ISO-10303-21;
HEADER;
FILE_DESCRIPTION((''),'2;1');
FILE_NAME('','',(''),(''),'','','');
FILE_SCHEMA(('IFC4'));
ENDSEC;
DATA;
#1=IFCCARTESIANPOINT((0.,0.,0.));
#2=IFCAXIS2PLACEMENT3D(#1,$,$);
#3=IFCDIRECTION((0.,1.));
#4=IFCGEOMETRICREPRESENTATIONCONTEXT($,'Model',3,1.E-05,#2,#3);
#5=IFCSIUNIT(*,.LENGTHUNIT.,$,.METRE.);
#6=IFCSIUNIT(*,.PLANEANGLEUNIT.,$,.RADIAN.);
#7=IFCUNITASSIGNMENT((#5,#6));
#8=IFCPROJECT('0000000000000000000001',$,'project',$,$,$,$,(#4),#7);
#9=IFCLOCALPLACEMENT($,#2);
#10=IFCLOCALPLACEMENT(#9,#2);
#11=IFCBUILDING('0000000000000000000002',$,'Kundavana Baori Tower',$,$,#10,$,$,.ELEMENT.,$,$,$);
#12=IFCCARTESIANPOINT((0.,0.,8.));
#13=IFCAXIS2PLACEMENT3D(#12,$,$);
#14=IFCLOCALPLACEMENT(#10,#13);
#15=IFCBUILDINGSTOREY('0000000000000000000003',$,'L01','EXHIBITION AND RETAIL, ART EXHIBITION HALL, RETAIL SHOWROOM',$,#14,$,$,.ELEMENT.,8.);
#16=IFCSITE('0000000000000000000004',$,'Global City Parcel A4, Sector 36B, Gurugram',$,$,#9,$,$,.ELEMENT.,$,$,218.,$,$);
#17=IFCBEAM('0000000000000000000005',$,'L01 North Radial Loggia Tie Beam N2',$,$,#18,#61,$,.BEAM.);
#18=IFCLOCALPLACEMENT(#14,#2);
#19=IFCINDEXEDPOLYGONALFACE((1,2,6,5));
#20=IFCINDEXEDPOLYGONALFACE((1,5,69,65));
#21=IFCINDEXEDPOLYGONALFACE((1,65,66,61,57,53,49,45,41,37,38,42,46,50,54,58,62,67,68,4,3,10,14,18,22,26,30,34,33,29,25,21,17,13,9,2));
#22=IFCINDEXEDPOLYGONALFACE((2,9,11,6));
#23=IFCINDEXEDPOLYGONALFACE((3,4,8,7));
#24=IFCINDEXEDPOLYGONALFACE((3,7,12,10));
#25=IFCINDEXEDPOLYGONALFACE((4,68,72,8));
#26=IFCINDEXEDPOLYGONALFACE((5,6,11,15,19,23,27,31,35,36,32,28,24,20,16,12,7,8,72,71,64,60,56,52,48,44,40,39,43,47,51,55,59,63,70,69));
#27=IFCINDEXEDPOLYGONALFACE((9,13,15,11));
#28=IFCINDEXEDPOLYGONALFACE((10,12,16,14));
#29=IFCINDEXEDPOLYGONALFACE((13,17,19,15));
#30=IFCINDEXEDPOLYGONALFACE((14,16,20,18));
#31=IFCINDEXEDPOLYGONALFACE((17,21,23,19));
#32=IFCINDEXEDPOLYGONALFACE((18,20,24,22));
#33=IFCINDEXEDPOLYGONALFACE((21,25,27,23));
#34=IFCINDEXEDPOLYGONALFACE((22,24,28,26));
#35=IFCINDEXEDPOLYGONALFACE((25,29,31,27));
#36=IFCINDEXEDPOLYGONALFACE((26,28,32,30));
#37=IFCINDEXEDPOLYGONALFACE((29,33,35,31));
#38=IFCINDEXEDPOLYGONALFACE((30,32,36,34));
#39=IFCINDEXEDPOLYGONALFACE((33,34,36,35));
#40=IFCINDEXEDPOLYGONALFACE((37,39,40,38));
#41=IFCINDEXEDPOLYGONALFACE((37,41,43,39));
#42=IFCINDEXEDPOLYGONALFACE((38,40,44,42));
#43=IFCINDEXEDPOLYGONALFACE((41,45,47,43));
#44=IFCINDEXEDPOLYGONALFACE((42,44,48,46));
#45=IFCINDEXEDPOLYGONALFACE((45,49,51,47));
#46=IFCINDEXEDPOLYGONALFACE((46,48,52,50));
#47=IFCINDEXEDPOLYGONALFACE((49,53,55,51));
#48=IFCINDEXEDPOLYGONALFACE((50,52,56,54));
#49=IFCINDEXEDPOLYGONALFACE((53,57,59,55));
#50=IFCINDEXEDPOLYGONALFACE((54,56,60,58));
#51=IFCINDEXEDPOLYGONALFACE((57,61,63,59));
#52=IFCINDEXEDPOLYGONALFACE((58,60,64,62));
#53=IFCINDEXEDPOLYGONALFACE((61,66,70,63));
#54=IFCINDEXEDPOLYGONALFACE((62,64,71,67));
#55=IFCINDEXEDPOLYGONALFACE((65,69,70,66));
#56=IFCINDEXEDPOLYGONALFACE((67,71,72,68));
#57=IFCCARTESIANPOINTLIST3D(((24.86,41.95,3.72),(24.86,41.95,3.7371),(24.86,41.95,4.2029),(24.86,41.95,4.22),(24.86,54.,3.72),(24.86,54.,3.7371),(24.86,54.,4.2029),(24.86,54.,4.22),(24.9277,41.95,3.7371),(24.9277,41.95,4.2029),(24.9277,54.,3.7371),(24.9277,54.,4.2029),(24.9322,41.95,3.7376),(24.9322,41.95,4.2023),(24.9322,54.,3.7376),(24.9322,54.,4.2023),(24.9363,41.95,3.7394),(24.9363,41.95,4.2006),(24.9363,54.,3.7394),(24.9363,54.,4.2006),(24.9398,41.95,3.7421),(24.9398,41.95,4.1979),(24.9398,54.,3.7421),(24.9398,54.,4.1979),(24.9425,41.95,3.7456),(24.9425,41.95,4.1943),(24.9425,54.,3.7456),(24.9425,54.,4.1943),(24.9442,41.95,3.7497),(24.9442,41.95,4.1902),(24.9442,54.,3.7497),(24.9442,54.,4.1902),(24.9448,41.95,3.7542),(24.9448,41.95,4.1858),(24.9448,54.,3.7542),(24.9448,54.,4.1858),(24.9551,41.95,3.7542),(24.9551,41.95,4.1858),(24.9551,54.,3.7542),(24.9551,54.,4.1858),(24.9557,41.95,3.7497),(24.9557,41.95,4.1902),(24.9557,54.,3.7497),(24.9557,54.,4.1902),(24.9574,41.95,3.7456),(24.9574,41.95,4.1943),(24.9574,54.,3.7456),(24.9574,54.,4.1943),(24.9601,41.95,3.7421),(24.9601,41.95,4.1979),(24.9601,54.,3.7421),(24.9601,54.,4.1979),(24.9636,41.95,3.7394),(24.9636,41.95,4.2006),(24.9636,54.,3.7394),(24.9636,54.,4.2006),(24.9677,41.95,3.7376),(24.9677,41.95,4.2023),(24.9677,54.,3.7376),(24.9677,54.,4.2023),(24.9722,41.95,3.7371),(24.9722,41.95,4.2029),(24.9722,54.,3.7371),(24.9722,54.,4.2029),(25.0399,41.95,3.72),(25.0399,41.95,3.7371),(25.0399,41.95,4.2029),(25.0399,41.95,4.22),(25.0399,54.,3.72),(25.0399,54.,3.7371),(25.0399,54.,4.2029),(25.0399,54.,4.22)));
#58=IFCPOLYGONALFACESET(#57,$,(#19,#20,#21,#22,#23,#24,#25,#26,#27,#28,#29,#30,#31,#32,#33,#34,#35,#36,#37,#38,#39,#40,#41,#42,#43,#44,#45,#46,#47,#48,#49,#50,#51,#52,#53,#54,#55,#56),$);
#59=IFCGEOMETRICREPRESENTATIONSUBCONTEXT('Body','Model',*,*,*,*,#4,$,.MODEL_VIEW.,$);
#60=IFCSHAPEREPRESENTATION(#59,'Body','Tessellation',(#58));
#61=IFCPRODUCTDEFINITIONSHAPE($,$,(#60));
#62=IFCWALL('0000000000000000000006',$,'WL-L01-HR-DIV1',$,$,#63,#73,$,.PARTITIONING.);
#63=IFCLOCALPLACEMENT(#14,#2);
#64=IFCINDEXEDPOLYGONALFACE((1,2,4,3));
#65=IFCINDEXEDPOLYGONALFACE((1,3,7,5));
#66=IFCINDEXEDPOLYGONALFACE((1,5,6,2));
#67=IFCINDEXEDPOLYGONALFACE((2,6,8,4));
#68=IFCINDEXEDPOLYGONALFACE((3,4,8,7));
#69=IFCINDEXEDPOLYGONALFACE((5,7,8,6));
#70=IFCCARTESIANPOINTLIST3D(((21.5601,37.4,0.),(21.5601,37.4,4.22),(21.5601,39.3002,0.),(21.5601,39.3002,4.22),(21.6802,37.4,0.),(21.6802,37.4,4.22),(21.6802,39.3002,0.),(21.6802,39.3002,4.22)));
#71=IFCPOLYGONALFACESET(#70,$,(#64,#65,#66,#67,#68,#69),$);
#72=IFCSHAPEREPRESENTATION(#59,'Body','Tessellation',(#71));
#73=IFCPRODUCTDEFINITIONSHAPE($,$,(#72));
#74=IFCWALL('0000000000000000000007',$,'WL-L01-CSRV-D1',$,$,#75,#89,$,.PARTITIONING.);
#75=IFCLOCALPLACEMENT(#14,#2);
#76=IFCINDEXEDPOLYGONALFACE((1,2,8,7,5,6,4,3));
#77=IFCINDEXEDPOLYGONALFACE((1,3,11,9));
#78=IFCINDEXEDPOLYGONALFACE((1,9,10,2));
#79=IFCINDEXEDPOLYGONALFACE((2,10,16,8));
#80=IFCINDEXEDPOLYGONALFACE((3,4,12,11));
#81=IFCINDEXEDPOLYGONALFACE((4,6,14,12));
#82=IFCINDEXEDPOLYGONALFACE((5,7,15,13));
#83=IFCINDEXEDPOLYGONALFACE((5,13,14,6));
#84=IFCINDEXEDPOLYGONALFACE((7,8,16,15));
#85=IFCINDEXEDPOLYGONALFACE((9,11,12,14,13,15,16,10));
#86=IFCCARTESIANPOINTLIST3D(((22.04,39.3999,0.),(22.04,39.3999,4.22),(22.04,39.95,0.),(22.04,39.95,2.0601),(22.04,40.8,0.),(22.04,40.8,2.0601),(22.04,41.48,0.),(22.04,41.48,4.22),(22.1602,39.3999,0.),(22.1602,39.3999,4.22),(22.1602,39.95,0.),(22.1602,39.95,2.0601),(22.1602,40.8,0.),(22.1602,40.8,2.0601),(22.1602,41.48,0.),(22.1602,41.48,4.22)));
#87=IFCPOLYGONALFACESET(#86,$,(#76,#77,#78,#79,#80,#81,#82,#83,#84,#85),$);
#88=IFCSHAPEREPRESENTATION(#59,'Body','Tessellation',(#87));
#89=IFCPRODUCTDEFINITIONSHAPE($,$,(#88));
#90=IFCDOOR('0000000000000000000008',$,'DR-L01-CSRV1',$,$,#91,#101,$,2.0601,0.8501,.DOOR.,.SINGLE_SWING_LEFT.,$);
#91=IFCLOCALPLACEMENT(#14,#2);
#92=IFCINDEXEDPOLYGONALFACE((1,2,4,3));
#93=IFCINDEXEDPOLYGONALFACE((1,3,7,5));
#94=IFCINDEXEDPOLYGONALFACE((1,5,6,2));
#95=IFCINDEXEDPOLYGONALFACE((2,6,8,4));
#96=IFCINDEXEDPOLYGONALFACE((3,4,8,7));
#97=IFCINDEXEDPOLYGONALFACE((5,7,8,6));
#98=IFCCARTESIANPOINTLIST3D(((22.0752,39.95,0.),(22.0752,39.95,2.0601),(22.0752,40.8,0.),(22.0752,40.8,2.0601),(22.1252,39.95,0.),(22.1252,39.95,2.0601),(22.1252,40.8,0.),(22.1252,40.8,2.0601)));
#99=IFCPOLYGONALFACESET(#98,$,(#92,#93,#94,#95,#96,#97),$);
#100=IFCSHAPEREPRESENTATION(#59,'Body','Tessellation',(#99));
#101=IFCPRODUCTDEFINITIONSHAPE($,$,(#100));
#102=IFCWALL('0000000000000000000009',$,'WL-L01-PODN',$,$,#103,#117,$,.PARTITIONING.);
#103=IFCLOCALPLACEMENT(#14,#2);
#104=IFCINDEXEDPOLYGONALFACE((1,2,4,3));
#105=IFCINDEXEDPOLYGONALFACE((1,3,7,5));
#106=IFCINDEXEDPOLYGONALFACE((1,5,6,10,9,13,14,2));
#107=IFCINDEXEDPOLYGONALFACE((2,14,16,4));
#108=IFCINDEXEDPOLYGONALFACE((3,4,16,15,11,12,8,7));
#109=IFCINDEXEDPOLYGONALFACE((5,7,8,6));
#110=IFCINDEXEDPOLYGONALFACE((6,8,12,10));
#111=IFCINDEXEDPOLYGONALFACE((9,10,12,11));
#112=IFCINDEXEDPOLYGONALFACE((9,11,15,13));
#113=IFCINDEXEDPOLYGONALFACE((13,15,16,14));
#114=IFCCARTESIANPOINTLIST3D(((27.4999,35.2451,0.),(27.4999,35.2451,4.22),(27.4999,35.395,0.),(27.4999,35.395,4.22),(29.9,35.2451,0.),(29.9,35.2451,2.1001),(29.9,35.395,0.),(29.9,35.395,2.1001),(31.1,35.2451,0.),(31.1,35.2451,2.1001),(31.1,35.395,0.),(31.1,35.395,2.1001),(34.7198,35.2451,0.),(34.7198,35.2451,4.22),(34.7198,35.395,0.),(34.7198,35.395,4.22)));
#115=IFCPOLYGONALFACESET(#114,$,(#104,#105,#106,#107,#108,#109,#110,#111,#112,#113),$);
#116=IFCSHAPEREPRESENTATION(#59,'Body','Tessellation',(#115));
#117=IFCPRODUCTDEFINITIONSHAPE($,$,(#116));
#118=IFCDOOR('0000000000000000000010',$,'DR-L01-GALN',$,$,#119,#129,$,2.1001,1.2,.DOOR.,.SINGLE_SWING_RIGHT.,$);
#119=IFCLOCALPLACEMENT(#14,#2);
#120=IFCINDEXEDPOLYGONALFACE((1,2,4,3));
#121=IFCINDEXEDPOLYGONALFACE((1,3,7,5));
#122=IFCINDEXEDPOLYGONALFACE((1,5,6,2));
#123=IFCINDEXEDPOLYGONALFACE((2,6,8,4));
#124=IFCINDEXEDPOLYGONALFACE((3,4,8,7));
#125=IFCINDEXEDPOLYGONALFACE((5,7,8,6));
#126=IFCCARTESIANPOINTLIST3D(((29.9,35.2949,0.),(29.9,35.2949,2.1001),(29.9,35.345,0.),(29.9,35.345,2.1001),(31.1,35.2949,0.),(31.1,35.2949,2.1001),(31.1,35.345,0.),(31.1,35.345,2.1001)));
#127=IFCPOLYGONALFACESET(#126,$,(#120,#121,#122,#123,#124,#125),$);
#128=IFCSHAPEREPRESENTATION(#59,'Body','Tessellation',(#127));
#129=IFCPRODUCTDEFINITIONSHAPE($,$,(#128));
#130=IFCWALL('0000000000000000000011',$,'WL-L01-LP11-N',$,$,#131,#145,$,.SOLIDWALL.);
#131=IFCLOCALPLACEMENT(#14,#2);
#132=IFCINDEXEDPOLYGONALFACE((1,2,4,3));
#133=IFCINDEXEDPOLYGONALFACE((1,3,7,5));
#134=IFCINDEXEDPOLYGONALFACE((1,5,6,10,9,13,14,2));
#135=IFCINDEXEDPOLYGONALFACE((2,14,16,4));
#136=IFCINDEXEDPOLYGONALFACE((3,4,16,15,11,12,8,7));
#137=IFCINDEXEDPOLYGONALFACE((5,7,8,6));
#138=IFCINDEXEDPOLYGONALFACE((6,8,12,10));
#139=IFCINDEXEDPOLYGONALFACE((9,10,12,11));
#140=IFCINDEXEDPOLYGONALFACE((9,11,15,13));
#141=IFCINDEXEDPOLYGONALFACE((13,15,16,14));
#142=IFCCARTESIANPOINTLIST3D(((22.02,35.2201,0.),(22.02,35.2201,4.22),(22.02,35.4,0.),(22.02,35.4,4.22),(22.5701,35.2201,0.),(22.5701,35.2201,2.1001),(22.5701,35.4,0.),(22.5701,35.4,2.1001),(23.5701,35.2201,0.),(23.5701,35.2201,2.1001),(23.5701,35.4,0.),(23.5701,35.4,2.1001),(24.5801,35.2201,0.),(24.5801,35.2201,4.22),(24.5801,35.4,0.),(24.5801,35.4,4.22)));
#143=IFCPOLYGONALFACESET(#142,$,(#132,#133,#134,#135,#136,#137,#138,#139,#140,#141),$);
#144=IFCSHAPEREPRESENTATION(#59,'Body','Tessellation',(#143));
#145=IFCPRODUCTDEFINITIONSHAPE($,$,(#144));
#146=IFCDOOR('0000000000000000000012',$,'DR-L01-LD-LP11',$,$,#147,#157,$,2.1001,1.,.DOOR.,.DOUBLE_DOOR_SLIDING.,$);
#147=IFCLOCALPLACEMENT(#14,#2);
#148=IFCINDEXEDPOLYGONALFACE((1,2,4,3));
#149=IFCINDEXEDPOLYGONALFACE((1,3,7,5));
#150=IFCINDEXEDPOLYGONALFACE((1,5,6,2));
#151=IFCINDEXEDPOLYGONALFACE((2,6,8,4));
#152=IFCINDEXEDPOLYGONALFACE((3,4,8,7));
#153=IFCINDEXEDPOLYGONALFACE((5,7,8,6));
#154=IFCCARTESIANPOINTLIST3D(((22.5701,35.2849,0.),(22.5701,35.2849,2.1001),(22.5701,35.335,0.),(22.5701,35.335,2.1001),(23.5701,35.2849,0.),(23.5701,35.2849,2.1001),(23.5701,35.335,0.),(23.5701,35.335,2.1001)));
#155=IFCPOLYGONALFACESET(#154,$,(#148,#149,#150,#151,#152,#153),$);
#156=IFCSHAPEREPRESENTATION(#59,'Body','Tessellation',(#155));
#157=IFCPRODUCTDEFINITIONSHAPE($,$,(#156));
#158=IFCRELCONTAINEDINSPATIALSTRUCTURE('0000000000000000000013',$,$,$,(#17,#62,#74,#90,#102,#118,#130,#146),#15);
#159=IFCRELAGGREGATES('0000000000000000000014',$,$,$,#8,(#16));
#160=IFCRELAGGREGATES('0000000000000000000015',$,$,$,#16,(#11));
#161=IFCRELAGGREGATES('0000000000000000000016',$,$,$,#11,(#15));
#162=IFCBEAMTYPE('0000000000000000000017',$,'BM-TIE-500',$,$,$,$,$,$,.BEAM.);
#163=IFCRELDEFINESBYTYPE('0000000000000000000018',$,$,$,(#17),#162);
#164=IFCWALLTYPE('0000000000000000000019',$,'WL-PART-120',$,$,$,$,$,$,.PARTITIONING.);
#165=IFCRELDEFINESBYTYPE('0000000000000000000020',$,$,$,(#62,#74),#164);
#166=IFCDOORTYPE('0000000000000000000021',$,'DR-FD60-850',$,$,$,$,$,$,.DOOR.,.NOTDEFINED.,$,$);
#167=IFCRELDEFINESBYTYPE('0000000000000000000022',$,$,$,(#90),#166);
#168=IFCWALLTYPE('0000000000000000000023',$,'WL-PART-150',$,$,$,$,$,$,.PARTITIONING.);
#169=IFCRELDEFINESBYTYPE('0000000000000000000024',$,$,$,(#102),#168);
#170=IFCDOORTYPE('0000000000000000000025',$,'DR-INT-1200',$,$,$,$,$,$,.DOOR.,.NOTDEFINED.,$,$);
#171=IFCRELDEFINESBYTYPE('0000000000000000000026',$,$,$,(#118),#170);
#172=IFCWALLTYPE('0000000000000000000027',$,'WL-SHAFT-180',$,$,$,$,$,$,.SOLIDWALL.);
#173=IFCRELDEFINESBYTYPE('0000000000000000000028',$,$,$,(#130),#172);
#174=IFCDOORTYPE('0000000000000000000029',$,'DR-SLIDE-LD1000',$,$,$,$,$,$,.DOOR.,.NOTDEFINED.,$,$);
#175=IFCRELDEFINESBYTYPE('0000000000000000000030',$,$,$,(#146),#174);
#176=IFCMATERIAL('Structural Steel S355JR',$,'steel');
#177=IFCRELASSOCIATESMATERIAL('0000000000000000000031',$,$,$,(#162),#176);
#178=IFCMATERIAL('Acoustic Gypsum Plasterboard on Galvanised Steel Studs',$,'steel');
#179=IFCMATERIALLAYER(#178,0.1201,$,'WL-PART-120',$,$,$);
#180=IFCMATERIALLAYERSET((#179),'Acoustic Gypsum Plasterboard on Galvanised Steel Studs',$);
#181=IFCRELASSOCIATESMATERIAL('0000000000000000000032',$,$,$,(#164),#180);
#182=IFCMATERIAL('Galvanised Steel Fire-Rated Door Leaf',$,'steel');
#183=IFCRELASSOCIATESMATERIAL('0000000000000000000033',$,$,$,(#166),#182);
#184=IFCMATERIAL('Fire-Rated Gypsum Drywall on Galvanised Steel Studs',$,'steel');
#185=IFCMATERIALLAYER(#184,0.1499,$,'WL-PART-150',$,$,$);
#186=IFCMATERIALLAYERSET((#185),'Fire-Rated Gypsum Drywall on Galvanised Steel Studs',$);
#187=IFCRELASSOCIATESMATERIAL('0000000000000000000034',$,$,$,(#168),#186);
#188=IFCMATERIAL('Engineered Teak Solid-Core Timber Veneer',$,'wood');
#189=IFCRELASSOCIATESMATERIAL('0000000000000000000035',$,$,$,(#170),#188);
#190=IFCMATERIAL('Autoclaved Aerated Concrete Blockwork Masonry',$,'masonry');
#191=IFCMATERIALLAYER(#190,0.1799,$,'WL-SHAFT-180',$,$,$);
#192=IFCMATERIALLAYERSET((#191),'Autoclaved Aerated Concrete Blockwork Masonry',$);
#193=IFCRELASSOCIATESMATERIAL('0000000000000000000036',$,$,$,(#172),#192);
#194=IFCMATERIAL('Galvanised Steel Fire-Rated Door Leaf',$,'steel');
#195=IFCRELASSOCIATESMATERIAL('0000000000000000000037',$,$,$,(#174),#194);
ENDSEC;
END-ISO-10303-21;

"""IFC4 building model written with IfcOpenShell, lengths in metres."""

from ifc_helpers import new_model, si_unit, direction, frame, frame_2d, origin, origin_2d, place, context, subcontext, project, spatial, rectangle, i_section, extrude, material, layer, layer_set, material_profile, profile_set, type_object, element, fill, save


model = new_model("IFC4")

# Units and contexts
model_context = context("Model", 3, precision=1e-05, world=origin(), true_north=direction((0.0, 1.0)))
body_context = subcontext(model_context, "Body", "Model", "MODEL_VIEW")
ifc_project = project(units=[si_unit("LENGTHUNIT", "METRE"), si_unit("PLANEANGLEUNIT", "RADIAN")], contexts=[model_context])

# Site, building, storey
site_placement = place(None, origin())
site = spatial("IfcSite", under=ifc_project, at=site_placement, Name="Global City Parcel A4, Sector 36B, Gurugram", CompositionType="ELEMENT", RefElevation=218.0)
building_placement = place(site_placement, origin())
building = spatial("IfcBuilding", under=site, at=building_placement, Name="Kundavana Baori Tower", CompositionType="ELEMENT")
storey_placement = place(building_placement, frame((0.0, 0.0, 8.0)))
storey = spatial("IfcBuildingStorey", under=building, at=storey_placement, Name="L01", Description="EXHIBITION AND RETAIL, ART EXHIBITION HALL, RETAIL SHOWROOM", CompositionType="ELEMENT", Elevation=8.0)

# Beam
ifc_material_1 = material(Name="Structural Steel S355JR", Category="steel")
ifc_material_profile_1 = material_profile(ifc_material_1, i_section(OverallWidth=0.1799, OverallDepth=0.5, WebThickness=0.0103, FlangeThickness=0.0171, FilletRadius=0.0171, at=origin_2d()), Name="ISMB 500")
ifc_profile_set_1 = profile_set([ifc_material_profile_1], Name="Structural Steel S355JR")
beam_type_1 = type_object("IfcBeamType", Name="BM-TIE-500", PredefinedType="BEAM", material=ifc_profile_set_1)
beam_1_placement = place(storey_placement, frame((24.95, 41.95, 3.97), z_axis=(0.0, 1.0, 0.0), x_axis=(-1.0, 0.0, 0.0)))
element("IfcBeam", 1, at=beam_1_placement, inside=storey, type_object=beam_type_1, Name="L01 North Radial Loggia Tie Beam N2", PredefinedType="BEAM", context=body_context, shape_type="SweptSolid", body=[
    extrude(i_section(OverallWidth=0.1799, OverallDepth=0.5, WebThickness=0.0103, FlangeThickness=0.0171, FilletRadius=0.0171, at=origin_2d()), origin(), (0.0, 0.0, 1.0), 12.05),
])

# Wall
ifc_material_2 = material(Name="Acoustic Gypsum Plasterboard on Galvanised Steel Studs", Category="steel")
ifc_layer_1 = layer(ifc_material_2, 0.1201, Name="WL-PART-120")
ifc_layer_set_1 = layer_set([ifc_layer_1], Name="Acoustic Gypsum Plasterboard on Galvanised Steel Studs")
wall_type_1 = type_object("IfcWallType", Name="WL-PART-120", PredefinedType="PARTITIONING", material=ifc_layer_set_1)
wall_1_placement = place(storey_placement, frame((21.6201, 37.3999, 0.0), z_axis=(0.0, 0.0, 1.0), x_axis=(0.0, 1.0, 0.0)))
element("IfcWall", 2, at=wall_1_placement, inside=storey, type_object=wall_type_1, Name="WL-L01-HR-DIV1", PredefinedType="PARTITIONING", context=body_context, shape_type="SweptSolid", body=[
    extrude(rectangle(XDim=1.9001, YDim=0.1201, at=frame_2d((0.9502, 0.0))), origin(), (0.0, 0.0, 1.0), 4.22),
])

# Walls, openings, doors
wall_2_placement = place(storey_placement, frame((22.1001, 39.3999, 0.0), z_axis=(0.0, 0.0, 1.0), x_axis=(0.0, 1.0, 0.0)))
wall_2 = element("IfcWall", 3, at=wall_2_placement, inside=storey, type_object=wall_type_1, Name="WL-L01-CSRV-D1", PredefinedType="PARTITIONING", context=body_context, shape_type="SweptSolid", body=[
    extrude(rectangle(XDim=2.0801, YDim=0.1201, at=frame_2d((1.04, 0.0))), origin(), (0.0, 0.0, 1.0), 4.22),
])
opening_1_placement = place(wall_2_placement, frame((0.55, 0.0, 0.0)))
opening_1 = element("IfcOpeningElement", 4, at=opening_1_placement, cuts=wall_2, PredefinedType="OPENING", context=body_context, shape_type="SweptSolid", body=[
    extrude(rectangle(XDim=0.8501, YDim=2.0601, at=frame_2d((0.425, 1.03))), frame((0.0, 0.0701, 0.0), z_axis=(0.0, -1.0, 0.0), x_axis=(1.0, 0.0, 0.0)), (0.0, 0.0, 1.0), 0.1401),
])
ifc_material_3 = material(Name="Galvanised Steel Fire-Rated Door Leaf", Category="steel")
door_type_1 = type_object("IfcDoorType", Name="DR-FD60-850", OperationType="NOTDEFINED", PredefinedType="DOOR", material=ifc_material_3)
door_1_placement = place(opening_1_placement, origin())
door_1 = element("IfcDoor", 5, at=door_1_placement, inside=storey, type_object=door_type_1, Name="DR-L01-CSRV1", OperationType="SINGLE_SWING_LEFT", OverallHeight=2.0601, OverallWidth=0.8501, PredefinedType="DOOR", context=body_context, shape_type="SweptSolid", body=[
    extrude(rectangle(XDim=0.8501, YDim=2.0601, at=frame_2d((0.425, 1.03))), frame((0.0, 0.0249, 0.0), z_axis=(0.0, -1.0, 0.0), x_axis=(1.0, 0.0, 0.0)), (0.0, 0.0, 1.0), 0.05),
])
fill(opening_1, door_1)
ifc_material_4 = material(Name="Fire-Rated Gypsum Drywall on Galvanised Steel Studs", Category="steel")
ifc_layer_2 = layer(ifc_material_4, 0.1499, Name="WL-PART-150")
ifc_layer_set_2 = layer_set([ifc_layer_2], Name="Fire-Rated Gypsum Drywall on Galvanised Steel Studs")
wall_type_2 = type_object("IfcWallType", Name="WL-PART-150", PredefinedType="PARTITIONING", material=ifc_layer_set_2)
wall_3_placement = place(storey_placement, frame((27.5, 35.3201, 0.0), z_axis=(0.0, 0.0, 1.0), x_axis=(1.0, 0.0, 0.0)))
wall_3 = element("IfcWall", 6, at=wall_3_placement, inside=storey, type_object=wall_type_2, Name="WL-L01-PODN", PredefinedType="PARTITIONING", context=body_context, shape_type="SweptSolid", body=[
    extrude(rectangle(XDim=7.22, YDim=0.1499, at=frame_2d((3.6099, 0.0))), origin(), (0.0, 0.0, 1.0), 4.22),
])
opening_2_placement = place(wall_3_placement, frame((2.3999, 0.0, 0.0)))
opening_2 = element("IfcOpeningElement", 7, at=opening_2_placement, cuts=wall_3, PredefinedType="OPENING", context=body_context, shape_type="SweptSolid", body=[
    extrude(rectangle(XDim=1.2, YDim=2.1001, at=frame_2d((0.6001, 1.05))), frame((0.0, 0.085, 0.0), z_axis=(0.0, -1.0, 0.0), x_axis=(1.0, 0.0, 0.0)), (0.0, 0.0, 1.0), 0.1699),
])
ifc_material_5 = material(Name="Engineered Teak Solid-Core Timber Veneer", Category="wood")
door_type_2 = type_object("IfcDoorType", Name="DR-INT-1200", OperationType="NOTDEFINED", PredefinedType="DOOR", material=ifc_material_5)
door_2_placement = place(opening_2_placement, origin())
door_2 = element("IfcDoor", 8, at=door_2_placement, inside=storey, type_object=door_type_2, Name="DR-L01-GALN", OperationType="SINGLE_SWING_RIGHT", OverallHeight=2.1001, OverallWidth=1.2, PredefinedType="DOOR", context=body_context, shape_type="SweptSolid", body=[
    extrude(rectangle(XDim=1.2, YDim=2.1001, at=frame_2d((0.6001, 1.05))), frame((0.0, 0.0249, 0.0), z_axis=(0.0, -1.0, 0.0), x_axis=(1.0, 0.0, 0.0)), (0.0, 0.0, 1.0), 0.05),
])
fill(opening_2, door_2)
ifc_material_6 = material(Name="Autoclaved Aerated Concrete Blockwork Masonry", Category="masonry")
ifc_layer_3 = layer(ifc_material_6, 0.1799, Name="WL-SHAFT-180")
ifc_layer_set_3 = layer_set([ifc_layer_3], Name="Autoclaved Aerated Concrete Blockwork Masonry")
wall_type_3 = type_object("IfcWallType", Name="WL-SHAFT-180", PredefinedType="SOLIDWALL", material=ifc_layer_set_3)
wall_4_placement = place(storey_placement, frame((22.02, 35.3101, 0.0), z_axis=(0.0, 0.0, 1.0), x_axis=(1.0, 0.0, 0.0)))
wall_4 = element("IfcWall", 9, at=wall_4_placement, inside=storey, type_object=wall_type_3, Name="WL-L01-LP11-N", PredefinedType="SOLIDWALL", context=body_context, shape_type="SweptSolid", body=[
    extrude(rectangle(XDim=2.5601, YDim=0.1799, at=frame_2d((1.28, 0.0))), origin(), (0.0, 0.0, 1.0), 4.22),
])
opening_3_placement = place(wall_4_placement, frame((0.55, 0.0, 0.0)))
opening_3 = element("IfcOpeningElement", 10, at=opening_3_placement, cuts=wall_4, PredefinedType="OPENING", context=body_context, shape_type="SweptSolid", body=[
    extrude(rectangle(XDim=1.0, YDim=2.1001, at=frame_2d((0.5, 1.05))), frame((0.0, 0.1001, 0.0), z_axis=(0.0, -1.0, 0.0), x_axis=(1.0, 0.0, 0.0)), (0.0, 0.0, 1.0), 0.2),
])
ifc_material_7 = material(Name="Galvanised Steel Fire-Rated Door Leaf", Category="steel")
door_type_3 = type_object("IfcDoorType", Name="DR-SLIDE-LD1000", OperationType="NOTDEFINED", PredefinedType="DOOR", material=ifc_material_7)
door_3_placement = place(opening_3_placement, origin())
door_3 = element("IfcDoor", 11, at=door_3_placement, inside=storey, type_object=door_type_3, Name="DR-L01-LD-LP11", OperationType="DOUBLE_DOOR_SLIDING", OverallHeight=2.1001, OverallWidth=1.0, PredefinedType="DOOR", context=body_context, shape_type="SweptSolid", body=[
    extrude(rectangle(XDim=1.0, YDim=2.1001, at=frame_2d((0.5, 1.05))), frame((0.0, 0.0249, 0.0), z_axis=(0.0, -1.0, 0.0), x_axis=(1.0, 0.0, 0.0)), (0.0, 0.0, 1.0), 0.05),
])
fill(opening_3, door_3)

save(model, "model.ifc")
